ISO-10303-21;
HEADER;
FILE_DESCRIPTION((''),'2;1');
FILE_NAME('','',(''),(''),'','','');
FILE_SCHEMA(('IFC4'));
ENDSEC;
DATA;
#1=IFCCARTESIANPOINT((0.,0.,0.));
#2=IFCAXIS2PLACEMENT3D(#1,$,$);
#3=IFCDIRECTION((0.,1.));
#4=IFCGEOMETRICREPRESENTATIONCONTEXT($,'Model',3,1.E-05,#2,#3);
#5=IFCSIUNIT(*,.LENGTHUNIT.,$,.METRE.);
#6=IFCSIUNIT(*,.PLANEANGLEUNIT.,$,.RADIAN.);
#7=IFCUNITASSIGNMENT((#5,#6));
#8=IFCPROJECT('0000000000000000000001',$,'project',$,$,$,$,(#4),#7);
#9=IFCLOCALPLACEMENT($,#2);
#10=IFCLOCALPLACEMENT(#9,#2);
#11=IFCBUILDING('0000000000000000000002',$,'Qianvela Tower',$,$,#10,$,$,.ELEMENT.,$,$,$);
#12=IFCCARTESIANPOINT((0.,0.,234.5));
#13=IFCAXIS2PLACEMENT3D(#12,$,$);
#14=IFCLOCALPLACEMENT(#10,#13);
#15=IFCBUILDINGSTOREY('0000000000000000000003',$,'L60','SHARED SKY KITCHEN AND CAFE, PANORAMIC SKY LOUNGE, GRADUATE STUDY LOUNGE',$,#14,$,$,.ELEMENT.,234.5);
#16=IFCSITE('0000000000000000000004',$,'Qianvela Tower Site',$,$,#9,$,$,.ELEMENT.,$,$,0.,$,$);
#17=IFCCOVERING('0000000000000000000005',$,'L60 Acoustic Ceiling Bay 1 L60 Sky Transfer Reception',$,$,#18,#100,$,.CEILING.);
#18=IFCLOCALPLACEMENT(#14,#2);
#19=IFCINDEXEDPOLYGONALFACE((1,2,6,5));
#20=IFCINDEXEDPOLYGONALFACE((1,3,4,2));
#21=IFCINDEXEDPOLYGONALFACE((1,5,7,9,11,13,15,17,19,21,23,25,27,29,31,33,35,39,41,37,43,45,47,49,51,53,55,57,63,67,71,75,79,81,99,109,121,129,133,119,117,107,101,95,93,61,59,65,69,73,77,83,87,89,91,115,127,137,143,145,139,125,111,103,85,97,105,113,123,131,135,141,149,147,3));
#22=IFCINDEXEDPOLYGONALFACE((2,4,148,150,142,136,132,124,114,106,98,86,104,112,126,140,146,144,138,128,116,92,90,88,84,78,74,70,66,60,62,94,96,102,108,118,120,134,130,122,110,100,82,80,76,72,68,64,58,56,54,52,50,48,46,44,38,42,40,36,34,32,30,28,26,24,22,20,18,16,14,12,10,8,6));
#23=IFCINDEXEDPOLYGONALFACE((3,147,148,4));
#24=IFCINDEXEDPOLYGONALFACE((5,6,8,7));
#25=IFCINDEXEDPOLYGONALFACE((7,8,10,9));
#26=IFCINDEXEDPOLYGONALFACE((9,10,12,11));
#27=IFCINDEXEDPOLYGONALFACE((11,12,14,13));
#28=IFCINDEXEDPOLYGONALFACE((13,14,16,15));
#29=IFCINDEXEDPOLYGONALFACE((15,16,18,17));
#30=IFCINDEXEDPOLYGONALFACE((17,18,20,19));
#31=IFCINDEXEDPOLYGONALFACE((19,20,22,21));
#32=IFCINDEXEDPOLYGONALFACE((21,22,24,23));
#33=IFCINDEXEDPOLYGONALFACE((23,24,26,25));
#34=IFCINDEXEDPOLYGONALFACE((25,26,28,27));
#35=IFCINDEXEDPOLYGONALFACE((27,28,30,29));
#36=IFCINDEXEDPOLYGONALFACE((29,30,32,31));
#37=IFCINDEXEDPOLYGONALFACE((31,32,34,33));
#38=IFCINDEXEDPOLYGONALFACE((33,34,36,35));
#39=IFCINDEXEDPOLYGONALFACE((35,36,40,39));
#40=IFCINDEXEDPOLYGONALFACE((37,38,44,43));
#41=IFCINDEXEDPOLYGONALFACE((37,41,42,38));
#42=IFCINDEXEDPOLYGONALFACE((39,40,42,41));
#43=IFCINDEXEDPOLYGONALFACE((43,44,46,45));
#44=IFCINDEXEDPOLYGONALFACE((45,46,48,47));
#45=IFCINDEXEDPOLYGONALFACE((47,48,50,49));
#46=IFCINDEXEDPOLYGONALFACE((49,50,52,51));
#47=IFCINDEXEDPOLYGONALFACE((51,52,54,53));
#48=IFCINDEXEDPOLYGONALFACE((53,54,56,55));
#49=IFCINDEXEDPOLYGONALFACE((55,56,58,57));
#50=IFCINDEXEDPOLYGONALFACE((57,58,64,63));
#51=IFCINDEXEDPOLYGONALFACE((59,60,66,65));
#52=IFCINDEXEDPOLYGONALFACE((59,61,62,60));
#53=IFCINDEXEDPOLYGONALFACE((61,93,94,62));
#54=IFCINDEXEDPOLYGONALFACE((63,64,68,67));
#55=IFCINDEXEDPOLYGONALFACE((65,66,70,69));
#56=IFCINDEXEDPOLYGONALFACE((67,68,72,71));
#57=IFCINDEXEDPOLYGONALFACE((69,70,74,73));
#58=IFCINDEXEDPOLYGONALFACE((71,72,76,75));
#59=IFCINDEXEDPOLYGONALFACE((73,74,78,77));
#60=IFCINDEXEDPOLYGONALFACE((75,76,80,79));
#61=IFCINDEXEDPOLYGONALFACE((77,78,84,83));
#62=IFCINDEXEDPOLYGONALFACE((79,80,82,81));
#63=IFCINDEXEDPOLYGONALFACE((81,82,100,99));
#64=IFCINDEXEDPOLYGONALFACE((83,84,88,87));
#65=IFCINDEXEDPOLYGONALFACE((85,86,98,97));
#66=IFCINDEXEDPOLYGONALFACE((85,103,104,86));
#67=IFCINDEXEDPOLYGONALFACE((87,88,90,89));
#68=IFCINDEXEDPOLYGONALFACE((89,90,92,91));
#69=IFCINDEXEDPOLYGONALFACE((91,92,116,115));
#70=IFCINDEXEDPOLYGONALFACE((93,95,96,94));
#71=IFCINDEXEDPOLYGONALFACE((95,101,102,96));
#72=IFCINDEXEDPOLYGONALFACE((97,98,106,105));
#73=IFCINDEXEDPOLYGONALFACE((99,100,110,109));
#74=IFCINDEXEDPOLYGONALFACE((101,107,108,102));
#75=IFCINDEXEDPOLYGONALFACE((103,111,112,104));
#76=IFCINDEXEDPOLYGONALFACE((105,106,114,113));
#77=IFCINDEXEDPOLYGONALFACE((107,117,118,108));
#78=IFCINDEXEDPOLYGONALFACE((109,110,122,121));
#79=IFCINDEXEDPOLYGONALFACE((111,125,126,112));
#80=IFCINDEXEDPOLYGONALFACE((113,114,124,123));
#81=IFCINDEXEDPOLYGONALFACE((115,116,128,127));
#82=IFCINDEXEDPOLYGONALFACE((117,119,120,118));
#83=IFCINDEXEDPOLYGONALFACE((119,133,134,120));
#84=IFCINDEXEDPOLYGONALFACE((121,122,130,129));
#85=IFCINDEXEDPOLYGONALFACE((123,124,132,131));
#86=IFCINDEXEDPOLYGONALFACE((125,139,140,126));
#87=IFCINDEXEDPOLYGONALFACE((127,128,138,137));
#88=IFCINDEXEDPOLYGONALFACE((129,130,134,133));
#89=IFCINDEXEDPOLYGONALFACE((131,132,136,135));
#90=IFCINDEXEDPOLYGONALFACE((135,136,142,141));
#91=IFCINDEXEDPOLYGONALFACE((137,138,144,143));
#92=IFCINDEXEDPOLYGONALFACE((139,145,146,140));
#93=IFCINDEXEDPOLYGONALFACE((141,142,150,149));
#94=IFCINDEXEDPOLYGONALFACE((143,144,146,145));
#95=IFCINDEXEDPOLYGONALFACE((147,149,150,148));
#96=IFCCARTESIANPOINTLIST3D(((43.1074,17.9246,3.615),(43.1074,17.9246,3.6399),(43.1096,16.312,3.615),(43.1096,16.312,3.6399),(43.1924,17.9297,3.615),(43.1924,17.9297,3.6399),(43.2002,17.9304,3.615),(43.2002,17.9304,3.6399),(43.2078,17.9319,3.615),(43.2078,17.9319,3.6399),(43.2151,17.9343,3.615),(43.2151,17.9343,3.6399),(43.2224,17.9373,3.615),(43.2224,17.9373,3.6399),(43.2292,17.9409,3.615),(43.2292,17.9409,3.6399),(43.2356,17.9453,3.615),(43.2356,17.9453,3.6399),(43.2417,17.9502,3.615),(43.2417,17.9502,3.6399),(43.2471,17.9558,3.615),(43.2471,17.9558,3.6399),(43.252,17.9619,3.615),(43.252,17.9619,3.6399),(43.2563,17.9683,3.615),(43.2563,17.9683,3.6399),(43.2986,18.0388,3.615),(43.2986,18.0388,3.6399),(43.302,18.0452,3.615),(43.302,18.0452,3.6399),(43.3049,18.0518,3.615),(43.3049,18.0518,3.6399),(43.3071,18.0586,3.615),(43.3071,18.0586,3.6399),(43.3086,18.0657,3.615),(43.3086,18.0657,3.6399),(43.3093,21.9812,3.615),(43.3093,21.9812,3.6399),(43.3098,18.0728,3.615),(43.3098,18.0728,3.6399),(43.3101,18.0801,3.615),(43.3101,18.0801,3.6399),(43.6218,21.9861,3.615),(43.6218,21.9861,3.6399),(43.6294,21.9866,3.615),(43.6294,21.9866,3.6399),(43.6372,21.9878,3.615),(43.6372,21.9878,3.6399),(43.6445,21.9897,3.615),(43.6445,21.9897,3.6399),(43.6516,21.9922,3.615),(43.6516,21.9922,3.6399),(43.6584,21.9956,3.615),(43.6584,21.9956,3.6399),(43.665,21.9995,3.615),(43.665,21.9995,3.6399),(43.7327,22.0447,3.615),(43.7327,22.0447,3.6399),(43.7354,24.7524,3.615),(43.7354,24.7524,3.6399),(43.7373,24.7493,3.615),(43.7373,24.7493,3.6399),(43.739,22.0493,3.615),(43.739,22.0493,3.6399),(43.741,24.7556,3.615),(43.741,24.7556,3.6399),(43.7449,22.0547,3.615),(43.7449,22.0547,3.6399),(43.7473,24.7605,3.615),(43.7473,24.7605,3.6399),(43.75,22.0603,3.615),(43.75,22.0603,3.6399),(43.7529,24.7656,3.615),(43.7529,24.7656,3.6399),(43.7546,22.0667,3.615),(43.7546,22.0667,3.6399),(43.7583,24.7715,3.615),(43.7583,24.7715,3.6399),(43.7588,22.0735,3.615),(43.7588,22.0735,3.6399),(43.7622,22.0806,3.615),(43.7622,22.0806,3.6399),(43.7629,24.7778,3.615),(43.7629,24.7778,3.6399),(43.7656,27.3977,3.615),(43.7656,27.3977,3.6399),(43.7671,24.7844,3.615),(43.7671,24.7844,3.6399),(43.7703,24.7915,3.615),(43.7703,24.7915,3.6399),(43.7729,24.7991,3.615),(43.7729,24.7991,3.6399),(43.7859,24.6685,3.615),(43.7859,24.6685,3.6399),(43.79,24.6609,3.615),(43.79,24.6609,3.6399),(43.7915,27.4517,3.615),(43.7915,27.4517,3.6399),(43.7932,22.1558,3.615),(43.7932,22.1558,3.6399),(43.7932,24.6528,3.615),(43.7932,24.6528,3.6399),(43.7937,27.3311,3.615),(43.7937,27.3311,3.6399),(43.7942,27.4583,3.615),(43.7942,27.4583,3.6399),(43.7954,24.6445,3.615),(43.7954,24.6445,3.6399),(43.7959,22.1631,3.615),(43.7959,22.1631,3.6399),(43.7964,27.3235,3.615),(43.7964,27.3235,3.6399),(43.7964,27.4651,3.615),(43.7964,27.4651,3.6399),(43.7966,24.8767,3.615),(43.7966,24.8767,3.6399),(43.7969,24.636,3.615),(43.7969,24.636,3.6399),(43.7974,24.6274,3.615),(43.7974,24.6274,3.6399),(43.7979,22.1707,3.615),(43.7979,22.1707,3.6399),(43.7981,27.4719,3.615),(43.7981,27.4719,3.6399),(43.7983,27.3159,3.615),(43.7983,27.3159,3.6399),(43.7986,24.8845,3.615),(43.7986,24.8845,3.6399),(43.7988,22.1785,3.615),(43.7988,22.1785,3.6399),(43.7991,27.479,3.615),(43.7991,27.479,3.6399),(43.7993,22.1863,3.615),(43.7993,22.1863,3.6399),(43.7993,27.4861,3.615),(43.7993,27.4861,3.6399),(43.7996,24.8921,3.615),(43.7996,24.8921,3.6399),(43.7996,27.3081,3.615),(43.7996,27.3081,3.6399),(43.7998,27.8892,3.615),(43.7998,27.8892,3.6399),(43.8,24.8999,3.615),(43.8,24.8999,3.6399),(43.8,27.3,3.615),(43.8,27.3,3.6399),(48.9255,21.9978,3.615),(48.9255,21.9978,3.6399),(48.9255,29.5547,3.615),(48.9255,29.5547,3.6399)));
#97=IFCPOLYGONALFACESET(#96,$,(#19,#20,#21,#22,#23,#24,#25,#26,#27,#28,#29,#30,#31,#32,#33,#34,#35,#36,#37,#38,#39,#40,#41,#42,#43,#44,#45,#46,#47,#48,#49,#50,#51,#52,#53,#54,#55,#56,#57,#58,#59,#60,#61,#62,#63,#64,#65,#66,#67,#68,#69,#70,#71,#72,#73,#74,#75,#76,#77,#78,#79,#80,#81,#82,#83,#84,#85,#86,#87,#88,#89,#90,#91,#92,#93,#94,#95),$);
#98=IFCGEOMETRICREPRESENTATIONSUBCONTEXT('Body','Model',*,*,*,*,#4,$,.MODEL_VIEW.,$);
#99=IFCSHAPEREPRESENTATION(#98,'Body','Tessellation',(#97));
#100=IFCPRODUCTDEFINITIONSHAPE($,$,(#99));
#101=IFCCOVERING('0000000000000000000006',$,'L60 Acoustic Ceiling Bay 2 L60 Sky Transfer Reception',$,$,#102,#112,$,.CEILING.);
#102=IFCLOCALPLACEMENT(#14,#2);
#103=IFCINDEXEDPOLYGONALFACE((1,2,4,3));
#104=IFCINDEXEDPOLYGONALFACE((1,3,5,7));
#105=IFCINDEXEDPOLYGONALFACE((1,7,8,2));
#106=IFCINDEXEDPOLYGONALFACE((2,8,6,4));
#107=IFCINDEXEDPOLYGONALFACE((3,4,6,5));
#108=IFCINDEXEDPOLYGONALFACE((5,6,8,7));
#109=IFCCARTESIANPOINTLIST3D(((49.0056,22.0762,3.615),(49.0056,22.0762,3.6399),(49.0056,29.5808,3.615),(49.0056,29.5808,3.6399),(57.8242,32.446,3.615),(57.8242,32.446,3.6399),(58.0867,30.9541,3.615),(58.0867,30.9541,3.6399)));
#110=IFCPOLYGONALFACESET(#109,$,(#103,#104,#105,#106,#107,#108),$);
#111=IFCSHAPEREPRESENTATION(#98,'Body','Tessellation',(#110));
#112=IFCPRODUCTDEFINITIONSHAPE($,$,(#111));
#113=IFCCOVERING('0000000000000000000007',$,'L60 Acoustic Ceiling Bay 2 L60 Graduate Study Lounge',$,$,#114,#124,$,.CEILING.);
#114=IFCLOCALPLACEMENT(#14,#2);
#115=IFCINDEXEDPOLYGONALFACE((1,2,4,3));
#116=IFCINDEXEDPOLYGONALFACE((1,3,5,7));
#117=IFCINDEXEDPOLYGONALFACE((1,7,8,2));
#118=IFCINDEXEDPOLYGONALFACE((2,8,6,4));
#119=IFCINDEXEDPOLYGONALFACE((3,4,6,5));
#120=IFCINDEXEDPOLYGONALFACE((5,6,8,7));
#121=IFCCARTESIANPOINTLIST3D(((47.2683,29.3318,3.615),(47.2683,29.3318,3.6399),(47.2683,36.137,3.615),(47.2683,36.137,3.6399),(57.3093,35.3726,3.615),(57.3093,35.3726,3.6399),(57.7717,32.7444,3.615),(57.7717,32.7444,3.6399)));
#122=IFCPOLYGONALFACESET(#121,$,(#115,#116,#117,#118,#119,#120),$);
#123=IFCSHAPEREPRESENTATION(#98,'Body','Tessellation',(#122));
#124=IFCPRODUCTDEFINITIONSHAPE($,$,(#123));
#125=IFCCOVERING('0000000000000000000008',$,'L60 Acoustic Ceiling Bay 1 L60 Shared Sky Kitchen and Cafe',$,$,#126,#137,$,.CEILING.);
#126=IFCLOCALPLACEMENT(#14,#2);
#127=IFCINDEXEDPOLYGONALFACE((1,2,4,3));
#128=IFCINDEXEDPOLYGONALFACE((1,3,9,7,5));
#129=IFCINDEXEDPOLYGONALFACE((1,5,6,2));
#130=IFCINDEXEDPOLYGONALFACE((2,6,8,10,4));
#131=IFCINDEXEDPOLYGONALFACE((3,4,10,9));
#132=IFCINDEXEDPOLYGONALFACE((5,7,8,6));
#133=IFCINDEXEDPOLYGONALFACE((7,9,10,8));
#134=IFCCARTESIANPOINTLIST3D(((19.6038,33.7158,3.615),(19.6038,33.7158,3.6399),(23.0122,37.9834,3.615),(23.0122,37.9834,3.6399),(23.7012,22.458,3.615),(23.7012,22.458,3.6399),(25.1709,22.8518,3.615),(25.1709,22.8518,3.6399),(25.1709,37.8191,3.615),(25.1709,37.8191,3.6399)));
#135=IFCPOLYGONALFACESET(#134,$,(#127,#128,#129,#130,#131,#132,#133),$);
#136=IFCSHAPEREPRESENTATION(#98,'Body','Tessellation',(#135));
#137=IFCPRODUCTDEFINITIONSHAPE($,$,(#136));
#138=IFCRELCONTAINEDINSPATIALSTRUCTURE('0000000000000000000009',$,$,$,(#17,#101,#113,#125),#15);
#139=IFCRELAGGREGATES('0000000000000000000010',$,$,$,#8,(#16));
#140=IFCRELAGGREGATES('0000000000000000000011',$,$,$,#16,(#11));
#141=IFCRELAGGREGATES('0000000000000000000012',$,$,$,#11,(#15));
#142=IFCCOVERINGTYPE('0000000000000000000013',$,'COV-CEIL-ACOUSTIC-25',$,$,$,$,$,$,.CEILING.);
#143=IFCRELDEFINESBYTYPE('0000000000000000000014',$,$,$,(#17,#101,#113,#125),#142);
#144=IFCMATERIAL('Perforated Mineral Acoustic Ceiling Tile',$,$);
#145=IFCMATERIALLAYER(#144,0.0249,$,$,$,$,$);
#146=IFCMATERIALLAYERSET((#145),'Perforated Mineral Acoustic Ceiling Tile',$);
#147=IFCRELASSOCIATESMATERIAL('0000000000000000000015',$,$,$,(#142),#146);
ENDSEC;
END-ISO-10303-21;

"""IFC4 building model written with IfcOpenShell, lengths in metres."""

from ifc_helpers import new_model, si_unit, direction, frame, origin, place, context, subcontext, project, spatial, polyline, outline, extrude, material, layer, layer_set, type_object, element, save


model = new_model("IFC4")

# Units and contexts
model_context = context("Model", 3, precision=1e-05, world=origin(), true_north=direction((0.0, 1.0)))
body_context = subcontext(model_context, "Body", "Model", "MODEL_VIEW")
ifc_project = project(units=[si_unit("LENGTHUNIT", "METRE"), si_unit("PLANEANGLEUNIT", "RADIAN")], contexts=[model_context])

# Site, building, storey
site_placement = place(None, origin())
site = spatial("IfcSite", under=ifc_project, at=site_placement, Name="Qianvela Tower Site", CompositionType="ELEMENT", RefElevation=0.0)
building_placement = place(site_placement, origin())
building = spatial("IfcBuilding", under=site, at=building_placement, Name="Qianvela Tower", CompositionType="ELEMENT")
storey_placement = place(building_placement, frame((0.0, 0.0, 234.5)))
storey = spatial("IfcBuildingStorey", under=building, at=storey_placement, Name="L60", Description="SHARED SKY KITCHEN AND CAFE, PANORAMIC SKY LOUNGE, GRADUATE STUDY LOUNGE", CompositionType="ELEMENT", Elevation=234.5)

# Coverings
ifc_material_1 = material(Name="Perforated Mineral Acoustic Ceiling Tile")
ifc_layer_1 = layer(ifc_material_1, 0.0249)
ifc_layer_set_1 = layer_set([ifc_layer_1], Name="Perforated Mineral Acoustic Ceiling Tile")
covering_type_1 = type_object("IfcCoveringType", Name="COV-CEIL-ACOUSTIC-25", PredefinedType="CEILING", material=ifc_layer_set_1)
covering_1_placement = place(storey_placement, frame((0.0, 0.0, 3.615)))
element("IfcCovering", 1, at=covering_1_placement, inside=storey, type_object=covering_type_1, Name="L60 Acoustic Ceiling Bay 1 L60 Sky Transfer Reception", PredefinedType="CEILING", context=body_context, shape_type="SweptSolid", body=[
    extrude(outline(polyline([(43.2002, 17.9304), (43.2078, 17.9319), (43.2151, 17.9343), (43.2224, 17.9373), (43.2292, 17.9409), (43.2356, 17.9453), (43.2417, 17.9502), (43.2471, 17.9558), (43.252, 17.9619), (43.2563, 17.9683), (43.2986, 18.0388), (43.302, 18.0452), (43.3049, 18.0518), (43.3071, 18.0586), (43.3086, 18.0657), (43.3098, 18.0728), (43.3101, 18.0801), (43.3093, 21.9812), (43.6218, 21.9861), (43.6294, 21.9866), (43.6372, 21.9878), (43.6445, 21.9897), (43.6516, 21.9922), (43.6584, 21.9956), (43.665, 21.9995), (43.7327, 22.0447), (43.739, 22.0493), (43.7449, 22.0547), (43.75, 22.0603), (43.7546, 22.0667), (43.7588, 22.0735), (43.7622, 22.0806), (43.7932, 22.1558), (43.7959, 22.1631), (43.7979, 22.1707), (43.7988, 22.1785), (43.7993, 22.1863), (43.7974, 24.6274), (43.7969, 24.636), (43.7954, 24.6445), (43.7932, 24.6528), (43.79, 24.6609), (43.7859, 24.6685), (43.7373, 24.7493), (43.7354, 24.7524), (43.741, 24.7556), (43.7473, 24.7605), (43.7529, 24.7656), (43.7583, 24.7715), (43.7629, 24.7778), (43.7671, 24.7844), (43.7703, 24.7915), (43.7729, 24.7991), (43.7966, 24.8767), (43.7986, 24.8845), (43.7996, 24.8921), (43.8, 24.8999), (43.8, 27.3), (43.7996, 27.3081), (43.7983, 27.3159), (43.7964, 27.3235), (43.7937, 27.3311), (43.7656, 27.3977), (43.7915, 27.4517), (43.7942, 27.4583), (43.7964, 27.4651), (43.7981, 27.4719), (43.7991, 27.479), (43.7993, 27.4861), (43.7998, 27.8892), (48.9255, 29.5547), (48.9255, 21.9978), (43.1096, 16.312), (43.1074, 17.9246), (43.1924, 17.9297), (43.2002, 17.9304)])), origin(), (0.0, 0.0, 1.0), 0.0249),
])
covering_2_placement = place(storey_placement, frame((0.0, 0.0, 3.615)))
element("IfcCovering", 2, at=covering_2_placement, inside=storey, type_object=covering_type_1, Name="L60 Acoustic Ceiling Bay 2 L60 Sky Transfer Reception", PredefinedType="CEILING", context=body_context, shape_type="SweptSolid", body=[
    extrude(outline(polyline([(57.8242, 32.446), (58.0867, 30.9541), (49.0056, 22.0762), (49.0056, 29.5808), (57.8242, 32.446)])), origin(), (0.0, 0.0, 1.0), 0.0249),
])
covering_3_placement = place(storey_placement, frame((0.0, 0.0, 3.615)))
element("IfcCovering", 3, at=covering_3_placement, inside=storey, type_object=covering_type_1, Name="L60 Acoustic Ceiling Bay 2 L60 Graduate Study Lounge", PredefinedType="CEILING", context=body_context, shape_type="SweptSolid", body=[
    extrude(outline(polyline([(57.3093, 35.3726), (57.7717, 32.7444), (47.2683, 29.3318), (47.2683, 36.137), (57.3093, 35.3726)])), origin(), (0.0, 0.0, 1.0), 0.0249),
])
covering_4_placement = place(storey_placement, frame((0.0, 0.0, 3.615)))
element("IfcCovering", 4, at=covering_4_placement, inside=storey, type_object=covering_type_1, Name="L60 Acoustic Ceiling Bay 1 L60 Shared Sky Kitchen and Cafe", PredefinedType="CEILING", context=body_context, shape_type="SweptSolid", body=[
    extrude(outline(polyline([(23.7012, 22.458), (19.6038, 33.7158), (23.0122, 37.9834), (25.1709, 37.8191), (25.1709, 22.8518), (23.7012, 22.458)])), origin(), (0.0, 0.0, 1.0), 0.0249),
])

save(model, "model.ifc")
